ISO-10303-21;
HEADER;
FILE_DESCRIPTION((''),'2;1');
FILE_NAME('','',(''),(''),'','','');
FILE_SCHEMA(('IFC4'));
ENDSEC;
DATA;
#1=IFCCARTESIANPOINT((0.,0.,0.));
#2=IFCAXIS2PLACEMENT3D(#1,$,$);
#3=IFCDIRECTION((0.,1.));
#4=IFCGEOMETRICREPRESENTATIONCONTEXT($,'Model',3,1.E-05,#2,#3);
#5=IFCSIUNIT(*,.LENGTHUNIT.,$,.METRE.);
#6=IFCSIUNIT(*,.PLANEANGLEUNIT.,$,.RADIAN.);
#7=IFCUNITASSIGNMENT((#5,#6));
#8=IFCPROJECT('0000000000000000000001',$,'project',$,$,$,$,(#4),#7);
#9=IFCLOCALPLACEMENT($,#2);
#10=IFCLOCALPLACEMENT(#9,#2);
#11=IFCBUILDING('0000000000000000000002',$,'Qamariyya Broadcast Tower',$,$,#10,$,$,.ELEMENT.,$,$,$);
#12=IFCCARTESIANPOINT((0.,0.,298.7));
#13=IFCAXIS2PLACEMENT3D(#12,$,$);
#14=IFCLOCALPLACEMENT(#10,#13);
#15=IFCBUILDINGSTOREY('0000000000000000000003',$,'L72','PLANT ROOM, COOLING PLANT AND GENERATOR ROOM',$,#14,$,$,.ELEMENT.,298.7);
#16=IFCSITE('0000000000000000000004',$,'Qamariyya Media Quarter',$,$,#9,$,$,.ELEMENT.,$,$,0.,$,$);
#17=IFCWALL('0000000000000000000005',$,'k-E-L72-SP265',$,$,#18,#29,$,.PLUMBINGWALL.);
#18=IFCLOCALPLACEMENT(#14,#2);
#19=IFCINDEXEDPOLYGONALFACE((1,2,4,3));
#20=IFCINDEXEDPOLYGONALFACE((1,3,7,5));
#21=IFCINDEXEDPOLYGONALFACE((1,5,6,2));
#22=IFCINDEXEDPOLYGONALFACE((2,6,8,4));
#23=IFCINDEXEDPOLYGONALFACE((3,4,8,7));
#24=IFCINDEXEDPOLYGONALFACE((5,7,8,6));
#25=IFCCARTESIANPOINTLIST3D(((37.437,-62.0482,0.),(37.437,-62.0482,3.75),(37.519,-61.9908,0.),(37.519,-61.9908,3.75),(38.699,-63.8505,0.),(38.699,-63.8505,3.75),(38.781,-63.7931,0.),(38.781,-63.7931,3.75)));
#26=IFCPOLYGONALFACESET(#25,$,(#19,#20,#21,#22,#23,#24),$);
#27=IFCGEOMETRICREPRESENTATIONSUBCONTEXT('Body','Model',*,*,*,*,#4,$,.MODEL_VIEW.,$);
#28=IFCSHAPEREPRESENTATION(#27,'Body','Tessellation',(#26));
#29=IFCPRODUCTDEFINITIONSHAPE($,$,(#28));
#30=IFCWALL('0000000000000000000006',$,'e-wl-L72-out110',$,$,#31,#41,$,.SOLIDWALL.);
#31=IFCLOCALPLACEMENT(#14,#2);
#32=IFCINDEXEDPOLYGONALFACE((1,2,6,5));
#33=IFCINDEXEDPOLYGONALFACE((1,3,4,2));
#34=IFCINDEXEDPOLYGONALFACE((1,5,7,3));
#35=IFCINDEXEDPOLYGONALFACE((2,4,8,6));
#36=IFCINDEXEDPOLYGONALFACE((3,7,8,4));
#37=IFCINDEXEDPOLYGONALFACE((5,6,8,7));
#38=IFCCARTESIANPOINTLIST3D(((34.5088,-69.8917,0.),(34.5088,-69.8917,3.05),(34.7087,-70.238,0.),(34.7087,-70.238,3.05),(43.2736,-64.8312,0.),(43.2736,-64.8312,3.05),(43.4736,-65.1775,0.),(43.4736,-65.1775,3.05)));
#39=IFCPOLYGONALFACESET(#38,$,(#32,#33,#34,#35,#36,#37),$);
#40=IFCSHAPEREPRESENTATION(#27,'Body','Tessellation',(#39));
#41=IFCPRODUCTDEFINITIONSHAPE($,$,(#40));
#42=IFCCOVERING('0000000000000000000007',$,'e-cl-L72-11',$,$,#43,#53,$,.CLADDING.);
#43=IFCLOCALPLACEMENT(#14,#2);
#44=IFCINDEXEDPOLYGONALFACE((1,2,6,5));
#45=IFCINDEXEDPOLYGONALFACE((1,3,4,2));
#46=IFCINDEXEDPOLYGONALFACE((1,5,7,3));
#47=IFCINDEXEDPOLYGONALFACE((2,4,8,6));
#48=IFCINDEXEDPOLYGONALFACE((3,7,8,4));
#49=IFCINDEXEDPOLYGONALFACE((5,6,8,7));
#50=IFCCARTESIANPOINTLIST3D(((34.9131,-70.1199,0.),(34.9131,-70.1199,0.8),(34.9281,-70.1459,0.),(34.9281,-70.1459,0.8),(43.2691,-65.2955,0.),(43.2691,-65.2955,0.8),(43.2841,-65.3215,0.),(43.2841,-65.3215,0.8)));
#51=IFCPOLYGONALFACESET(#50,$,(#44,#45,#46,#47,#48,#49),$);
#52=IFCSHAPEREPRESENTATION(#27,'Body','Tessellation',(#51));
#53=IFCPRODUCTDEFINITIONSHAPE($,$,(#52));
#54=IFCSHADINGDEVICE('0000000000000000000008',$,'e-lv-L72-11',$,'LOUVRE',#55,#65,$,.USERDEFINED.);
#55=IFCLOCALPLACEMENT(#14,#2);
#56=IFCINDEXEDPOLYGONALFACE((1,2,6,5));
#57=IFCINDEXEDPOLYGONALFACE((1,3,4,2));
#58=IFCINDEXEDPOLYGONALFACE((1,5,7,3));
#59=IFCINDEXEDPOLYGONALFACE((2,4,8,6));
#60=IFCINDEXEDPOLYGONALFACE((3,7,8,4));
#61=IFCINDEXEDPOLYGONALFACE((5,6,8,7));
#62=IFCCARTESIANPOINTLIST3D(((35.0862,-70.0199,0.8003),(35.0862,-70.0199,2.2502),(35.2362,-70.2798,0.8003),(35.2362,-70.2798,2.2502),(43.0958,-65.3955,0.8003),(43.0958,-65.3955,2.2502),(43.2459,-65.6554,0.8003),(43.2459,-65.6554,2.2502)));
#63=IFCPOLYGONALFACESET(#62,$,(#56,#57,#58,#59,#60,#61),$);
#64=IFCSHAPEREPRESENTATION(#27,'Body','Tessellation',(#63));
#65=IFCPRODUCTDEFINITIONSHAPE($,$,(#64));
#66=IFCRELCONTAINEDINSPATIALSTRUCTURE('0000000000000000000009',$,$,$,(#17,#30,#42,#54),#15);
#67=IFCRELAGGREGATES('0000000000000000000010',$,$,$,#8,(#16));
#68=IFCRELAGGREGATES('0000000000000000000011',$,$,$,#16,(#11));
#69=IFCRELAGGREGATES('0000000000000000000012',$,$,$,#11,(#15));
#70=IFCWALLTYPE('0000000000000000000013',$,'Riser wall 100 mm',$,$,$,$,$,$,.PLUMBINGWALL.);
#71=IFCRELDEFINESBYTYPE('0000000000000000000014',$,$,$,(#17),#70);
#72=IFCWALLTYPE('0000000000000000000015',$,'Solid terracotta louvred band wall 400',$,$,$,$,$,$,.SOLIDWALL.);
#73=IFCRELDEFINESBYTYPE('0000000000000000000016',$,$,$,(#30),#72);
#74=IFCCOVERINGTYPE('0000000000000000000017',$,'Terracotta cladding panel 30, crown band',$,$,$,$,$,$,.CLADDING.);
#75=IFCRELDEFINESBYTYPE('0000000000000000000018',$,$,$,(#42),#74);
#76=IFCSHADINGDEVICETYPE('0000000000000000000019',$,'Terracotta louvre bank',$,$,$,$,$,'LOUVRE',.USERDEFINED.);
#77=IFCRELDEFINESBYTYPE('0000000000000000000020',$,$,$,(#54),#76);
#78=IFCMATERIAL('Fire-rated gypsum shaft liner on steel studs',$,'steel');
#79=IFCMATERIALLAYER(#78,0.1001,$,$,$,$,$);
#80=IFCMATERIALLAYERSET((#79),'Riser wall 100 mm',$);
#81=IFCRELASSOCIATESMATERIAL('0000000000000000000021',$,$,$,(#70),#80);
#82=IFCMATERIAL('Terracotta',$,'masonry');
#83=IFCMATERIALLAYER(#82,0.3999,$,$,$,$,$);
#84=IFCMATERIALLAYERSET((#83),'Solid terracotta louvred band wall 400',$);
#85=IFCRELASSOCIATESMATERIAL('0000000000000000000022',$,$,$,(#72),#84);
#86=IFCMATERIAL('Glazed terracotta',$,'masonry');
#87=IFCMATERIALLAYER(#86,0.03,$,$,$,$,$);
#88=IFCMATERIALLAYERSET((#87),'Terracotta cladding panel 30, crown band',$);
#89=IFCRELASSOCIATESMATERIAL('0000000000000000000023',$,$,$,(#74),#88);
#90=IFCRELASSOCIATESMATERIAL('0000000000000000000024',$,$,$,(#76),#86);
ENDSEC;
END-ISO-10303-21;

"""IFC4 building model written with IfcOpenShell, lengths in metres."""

from ifc_helpers import new_model, si_unit, direction, frame, frame_2d, origin, origin_2d, place, context, subcontext, project, spatial, rectangle, extrude, material, layer, layer_set, type_object, element, save


model = new_model("IFC4")

# Units and contexts
model_context = context("Model", 3, precision=1e-05, world=origin(), true_north=direction((0.0, 1.0)))
body_context = subcontext(model_context, "Body", "Model", "MODEL_VIEW")
ifc_project = project(units=[si_unit("LENGTHUNIT", "METRE"), si_unit("PLANEANGLEUNIT", "RADIAN")], contexts=[model_context])

# Site, building, storey
site_placement = place(None, origin())
site = spatial("IfcSite", under=ifc_project, at=site_placement, Name="Qamariyya Media Quarter", CompositionType="ELEMENT", RefElevation=0.0)
building_placement = place(site_placement, origin())
building = spatial("IfcBuilding", under=site, at=building_placement, Name="Qamariyya Broadcast Tower", CompositionType="ELEMENT")
storey_placement = place(building_placement, frame((0.0, 0.0, 298.7)))
storey = spatial("IfcBuildingStorey", under=building, at=storey_placement, Name="L72", Description="PLANT ROOM, COOLING PLANT AND GENERATOR ROOM", CompositionType="ELEMENT", Elevation=298.7)

# Walls
ifc_material_1 = material(Name="Fire-rated gypsum shaft liner on steel studs", Category="steel")
ifc_layer_1 = layer(ifc_material_1, 0.1001)
ifc_layer_set_1 = layer_set([ifc_layer_1], Name="Riser wall 100 mm")
wall_type_1 = type_object("IfcWallType", Name="Riser wall 100 mm", PredefinedType="PLUMBINGWALL", material=ifc_layer_set_1)
wall_1_placement = place(storey_placement, frame((37.478, -62.0195, 0.0), z_axis=(0.0, 0.0, 1.0), x_axis=(0.573581, -0.819149, 0.0)))
element("IfcWall", 1, at=wall_1_placement, inside=storey, type_object=wall_type_1, Name="k-E-L72-SP265", PredefinedType="PLUMBINGWALL", context=body_context, shape_type="SweptSolid", body=[
    extrude(rectangle(XDim=2.2002, YDim=0.1001, at=frame_2d((1.1001, 0.0))), origin(), (0.0, 0.0, 1.0), 3.75),
])
ifc_material_2 = material(Name="Terracotta", Category="masonry")
ifc_layer_2 = layer(ifc_material_2, 0.3999)
ifc_layer_set_2 = layer_set([ifc_layer_2], Name="Solid terracotta louvred band wall 400")
wall_type_2 = type_object("IfcWallType", Name="Solid terracotta louvred band wall 400", PredefinedType="SOLIDWALL", material=ifc_layer_set_2)
wall_2_placement = place(storey_placement, frame((34.6086, -70.0649, 0.0), z_axis=(0.0, 0.0, 1.0), x_axis=(0.86602, 0.50001, 0.0)))
element("IfcWall", 2, at=wall_2_placement, inside=storey, type_object=wall_type_2, Name="e-wl-L72-out110", PredefinedType="SOLIDWALL", context=body_context, shape_type="SweptSolid", body=[
    extrude(rectangle(XDim=10.1208, YDim=0.3999, at=frame_2d((5.0605, 0.0))), origin(), (0.0, 0.0, 1.0), 3.05),
])

# Covering
ifc_material_3 = material(Name="Glazed terracotta", Category="masonry")
ifc_layer_3 = layer(ifc_material_3, 0.03)
ifc_layer_set_3 = layer_set([ifc_layer_3], Name="Terracotta cladding panel 30, crown band")
covering_type = type_object("IfcCoveringType", Name="Terracotta cladding panel 30, crown band", PredefinedType="CLADDING", material=ifc_layer_set_3)
covering_placement = place(storey_placement, frame((39.0986, -67.7207, 0.0), z_axis=(0.0, 0.0, 1.0), x_axis=(0.866025, 0.5, 0.0)))
element("IfcCovering", 3, at=covering_placement, inside=storey, type_object=covering_type, Name="e-cl-L72-11", PredefinedType="CLADDING", context=body_context, shape_type="SweptSolid", body=[
    extrude(rectangle(XDim=9.6487, YDim=0.03, at=origin_2d()), origin(), (0.0, 0.0, 1.0), 0.8),
])

# Shading device
shading_device_type = type_object("IfcShadingDeviceType", Name="Terracotta louvre bank", ElementType="LOUVRE", PredefinedType="USERDEFINED", material=ifc_material_3)
shading_device_placement = place(storey_placement, frame((39.166, -67.8376, 0.8003), z_axis=(0.0, 0.0, 1.0), x_axis=(0.866025, 0.5, 0.0)))
element("IfcShadingDevice", 4, at=shading_device_placement, inside=storey, type_object=shading_device_type, Name="e-lv-L72-11", ObjectType="LOUVRE", PredefinedType="USERDEFINED", context=body_context, shape_type="SweptSolid", body=[
    extrude(rectangle(XDim=9.2488, YDim=0.3, at=origin_2d()), origin(), (0.0, 0.0, 1.0), 1.45),
])

save(model, "model.ifc")
